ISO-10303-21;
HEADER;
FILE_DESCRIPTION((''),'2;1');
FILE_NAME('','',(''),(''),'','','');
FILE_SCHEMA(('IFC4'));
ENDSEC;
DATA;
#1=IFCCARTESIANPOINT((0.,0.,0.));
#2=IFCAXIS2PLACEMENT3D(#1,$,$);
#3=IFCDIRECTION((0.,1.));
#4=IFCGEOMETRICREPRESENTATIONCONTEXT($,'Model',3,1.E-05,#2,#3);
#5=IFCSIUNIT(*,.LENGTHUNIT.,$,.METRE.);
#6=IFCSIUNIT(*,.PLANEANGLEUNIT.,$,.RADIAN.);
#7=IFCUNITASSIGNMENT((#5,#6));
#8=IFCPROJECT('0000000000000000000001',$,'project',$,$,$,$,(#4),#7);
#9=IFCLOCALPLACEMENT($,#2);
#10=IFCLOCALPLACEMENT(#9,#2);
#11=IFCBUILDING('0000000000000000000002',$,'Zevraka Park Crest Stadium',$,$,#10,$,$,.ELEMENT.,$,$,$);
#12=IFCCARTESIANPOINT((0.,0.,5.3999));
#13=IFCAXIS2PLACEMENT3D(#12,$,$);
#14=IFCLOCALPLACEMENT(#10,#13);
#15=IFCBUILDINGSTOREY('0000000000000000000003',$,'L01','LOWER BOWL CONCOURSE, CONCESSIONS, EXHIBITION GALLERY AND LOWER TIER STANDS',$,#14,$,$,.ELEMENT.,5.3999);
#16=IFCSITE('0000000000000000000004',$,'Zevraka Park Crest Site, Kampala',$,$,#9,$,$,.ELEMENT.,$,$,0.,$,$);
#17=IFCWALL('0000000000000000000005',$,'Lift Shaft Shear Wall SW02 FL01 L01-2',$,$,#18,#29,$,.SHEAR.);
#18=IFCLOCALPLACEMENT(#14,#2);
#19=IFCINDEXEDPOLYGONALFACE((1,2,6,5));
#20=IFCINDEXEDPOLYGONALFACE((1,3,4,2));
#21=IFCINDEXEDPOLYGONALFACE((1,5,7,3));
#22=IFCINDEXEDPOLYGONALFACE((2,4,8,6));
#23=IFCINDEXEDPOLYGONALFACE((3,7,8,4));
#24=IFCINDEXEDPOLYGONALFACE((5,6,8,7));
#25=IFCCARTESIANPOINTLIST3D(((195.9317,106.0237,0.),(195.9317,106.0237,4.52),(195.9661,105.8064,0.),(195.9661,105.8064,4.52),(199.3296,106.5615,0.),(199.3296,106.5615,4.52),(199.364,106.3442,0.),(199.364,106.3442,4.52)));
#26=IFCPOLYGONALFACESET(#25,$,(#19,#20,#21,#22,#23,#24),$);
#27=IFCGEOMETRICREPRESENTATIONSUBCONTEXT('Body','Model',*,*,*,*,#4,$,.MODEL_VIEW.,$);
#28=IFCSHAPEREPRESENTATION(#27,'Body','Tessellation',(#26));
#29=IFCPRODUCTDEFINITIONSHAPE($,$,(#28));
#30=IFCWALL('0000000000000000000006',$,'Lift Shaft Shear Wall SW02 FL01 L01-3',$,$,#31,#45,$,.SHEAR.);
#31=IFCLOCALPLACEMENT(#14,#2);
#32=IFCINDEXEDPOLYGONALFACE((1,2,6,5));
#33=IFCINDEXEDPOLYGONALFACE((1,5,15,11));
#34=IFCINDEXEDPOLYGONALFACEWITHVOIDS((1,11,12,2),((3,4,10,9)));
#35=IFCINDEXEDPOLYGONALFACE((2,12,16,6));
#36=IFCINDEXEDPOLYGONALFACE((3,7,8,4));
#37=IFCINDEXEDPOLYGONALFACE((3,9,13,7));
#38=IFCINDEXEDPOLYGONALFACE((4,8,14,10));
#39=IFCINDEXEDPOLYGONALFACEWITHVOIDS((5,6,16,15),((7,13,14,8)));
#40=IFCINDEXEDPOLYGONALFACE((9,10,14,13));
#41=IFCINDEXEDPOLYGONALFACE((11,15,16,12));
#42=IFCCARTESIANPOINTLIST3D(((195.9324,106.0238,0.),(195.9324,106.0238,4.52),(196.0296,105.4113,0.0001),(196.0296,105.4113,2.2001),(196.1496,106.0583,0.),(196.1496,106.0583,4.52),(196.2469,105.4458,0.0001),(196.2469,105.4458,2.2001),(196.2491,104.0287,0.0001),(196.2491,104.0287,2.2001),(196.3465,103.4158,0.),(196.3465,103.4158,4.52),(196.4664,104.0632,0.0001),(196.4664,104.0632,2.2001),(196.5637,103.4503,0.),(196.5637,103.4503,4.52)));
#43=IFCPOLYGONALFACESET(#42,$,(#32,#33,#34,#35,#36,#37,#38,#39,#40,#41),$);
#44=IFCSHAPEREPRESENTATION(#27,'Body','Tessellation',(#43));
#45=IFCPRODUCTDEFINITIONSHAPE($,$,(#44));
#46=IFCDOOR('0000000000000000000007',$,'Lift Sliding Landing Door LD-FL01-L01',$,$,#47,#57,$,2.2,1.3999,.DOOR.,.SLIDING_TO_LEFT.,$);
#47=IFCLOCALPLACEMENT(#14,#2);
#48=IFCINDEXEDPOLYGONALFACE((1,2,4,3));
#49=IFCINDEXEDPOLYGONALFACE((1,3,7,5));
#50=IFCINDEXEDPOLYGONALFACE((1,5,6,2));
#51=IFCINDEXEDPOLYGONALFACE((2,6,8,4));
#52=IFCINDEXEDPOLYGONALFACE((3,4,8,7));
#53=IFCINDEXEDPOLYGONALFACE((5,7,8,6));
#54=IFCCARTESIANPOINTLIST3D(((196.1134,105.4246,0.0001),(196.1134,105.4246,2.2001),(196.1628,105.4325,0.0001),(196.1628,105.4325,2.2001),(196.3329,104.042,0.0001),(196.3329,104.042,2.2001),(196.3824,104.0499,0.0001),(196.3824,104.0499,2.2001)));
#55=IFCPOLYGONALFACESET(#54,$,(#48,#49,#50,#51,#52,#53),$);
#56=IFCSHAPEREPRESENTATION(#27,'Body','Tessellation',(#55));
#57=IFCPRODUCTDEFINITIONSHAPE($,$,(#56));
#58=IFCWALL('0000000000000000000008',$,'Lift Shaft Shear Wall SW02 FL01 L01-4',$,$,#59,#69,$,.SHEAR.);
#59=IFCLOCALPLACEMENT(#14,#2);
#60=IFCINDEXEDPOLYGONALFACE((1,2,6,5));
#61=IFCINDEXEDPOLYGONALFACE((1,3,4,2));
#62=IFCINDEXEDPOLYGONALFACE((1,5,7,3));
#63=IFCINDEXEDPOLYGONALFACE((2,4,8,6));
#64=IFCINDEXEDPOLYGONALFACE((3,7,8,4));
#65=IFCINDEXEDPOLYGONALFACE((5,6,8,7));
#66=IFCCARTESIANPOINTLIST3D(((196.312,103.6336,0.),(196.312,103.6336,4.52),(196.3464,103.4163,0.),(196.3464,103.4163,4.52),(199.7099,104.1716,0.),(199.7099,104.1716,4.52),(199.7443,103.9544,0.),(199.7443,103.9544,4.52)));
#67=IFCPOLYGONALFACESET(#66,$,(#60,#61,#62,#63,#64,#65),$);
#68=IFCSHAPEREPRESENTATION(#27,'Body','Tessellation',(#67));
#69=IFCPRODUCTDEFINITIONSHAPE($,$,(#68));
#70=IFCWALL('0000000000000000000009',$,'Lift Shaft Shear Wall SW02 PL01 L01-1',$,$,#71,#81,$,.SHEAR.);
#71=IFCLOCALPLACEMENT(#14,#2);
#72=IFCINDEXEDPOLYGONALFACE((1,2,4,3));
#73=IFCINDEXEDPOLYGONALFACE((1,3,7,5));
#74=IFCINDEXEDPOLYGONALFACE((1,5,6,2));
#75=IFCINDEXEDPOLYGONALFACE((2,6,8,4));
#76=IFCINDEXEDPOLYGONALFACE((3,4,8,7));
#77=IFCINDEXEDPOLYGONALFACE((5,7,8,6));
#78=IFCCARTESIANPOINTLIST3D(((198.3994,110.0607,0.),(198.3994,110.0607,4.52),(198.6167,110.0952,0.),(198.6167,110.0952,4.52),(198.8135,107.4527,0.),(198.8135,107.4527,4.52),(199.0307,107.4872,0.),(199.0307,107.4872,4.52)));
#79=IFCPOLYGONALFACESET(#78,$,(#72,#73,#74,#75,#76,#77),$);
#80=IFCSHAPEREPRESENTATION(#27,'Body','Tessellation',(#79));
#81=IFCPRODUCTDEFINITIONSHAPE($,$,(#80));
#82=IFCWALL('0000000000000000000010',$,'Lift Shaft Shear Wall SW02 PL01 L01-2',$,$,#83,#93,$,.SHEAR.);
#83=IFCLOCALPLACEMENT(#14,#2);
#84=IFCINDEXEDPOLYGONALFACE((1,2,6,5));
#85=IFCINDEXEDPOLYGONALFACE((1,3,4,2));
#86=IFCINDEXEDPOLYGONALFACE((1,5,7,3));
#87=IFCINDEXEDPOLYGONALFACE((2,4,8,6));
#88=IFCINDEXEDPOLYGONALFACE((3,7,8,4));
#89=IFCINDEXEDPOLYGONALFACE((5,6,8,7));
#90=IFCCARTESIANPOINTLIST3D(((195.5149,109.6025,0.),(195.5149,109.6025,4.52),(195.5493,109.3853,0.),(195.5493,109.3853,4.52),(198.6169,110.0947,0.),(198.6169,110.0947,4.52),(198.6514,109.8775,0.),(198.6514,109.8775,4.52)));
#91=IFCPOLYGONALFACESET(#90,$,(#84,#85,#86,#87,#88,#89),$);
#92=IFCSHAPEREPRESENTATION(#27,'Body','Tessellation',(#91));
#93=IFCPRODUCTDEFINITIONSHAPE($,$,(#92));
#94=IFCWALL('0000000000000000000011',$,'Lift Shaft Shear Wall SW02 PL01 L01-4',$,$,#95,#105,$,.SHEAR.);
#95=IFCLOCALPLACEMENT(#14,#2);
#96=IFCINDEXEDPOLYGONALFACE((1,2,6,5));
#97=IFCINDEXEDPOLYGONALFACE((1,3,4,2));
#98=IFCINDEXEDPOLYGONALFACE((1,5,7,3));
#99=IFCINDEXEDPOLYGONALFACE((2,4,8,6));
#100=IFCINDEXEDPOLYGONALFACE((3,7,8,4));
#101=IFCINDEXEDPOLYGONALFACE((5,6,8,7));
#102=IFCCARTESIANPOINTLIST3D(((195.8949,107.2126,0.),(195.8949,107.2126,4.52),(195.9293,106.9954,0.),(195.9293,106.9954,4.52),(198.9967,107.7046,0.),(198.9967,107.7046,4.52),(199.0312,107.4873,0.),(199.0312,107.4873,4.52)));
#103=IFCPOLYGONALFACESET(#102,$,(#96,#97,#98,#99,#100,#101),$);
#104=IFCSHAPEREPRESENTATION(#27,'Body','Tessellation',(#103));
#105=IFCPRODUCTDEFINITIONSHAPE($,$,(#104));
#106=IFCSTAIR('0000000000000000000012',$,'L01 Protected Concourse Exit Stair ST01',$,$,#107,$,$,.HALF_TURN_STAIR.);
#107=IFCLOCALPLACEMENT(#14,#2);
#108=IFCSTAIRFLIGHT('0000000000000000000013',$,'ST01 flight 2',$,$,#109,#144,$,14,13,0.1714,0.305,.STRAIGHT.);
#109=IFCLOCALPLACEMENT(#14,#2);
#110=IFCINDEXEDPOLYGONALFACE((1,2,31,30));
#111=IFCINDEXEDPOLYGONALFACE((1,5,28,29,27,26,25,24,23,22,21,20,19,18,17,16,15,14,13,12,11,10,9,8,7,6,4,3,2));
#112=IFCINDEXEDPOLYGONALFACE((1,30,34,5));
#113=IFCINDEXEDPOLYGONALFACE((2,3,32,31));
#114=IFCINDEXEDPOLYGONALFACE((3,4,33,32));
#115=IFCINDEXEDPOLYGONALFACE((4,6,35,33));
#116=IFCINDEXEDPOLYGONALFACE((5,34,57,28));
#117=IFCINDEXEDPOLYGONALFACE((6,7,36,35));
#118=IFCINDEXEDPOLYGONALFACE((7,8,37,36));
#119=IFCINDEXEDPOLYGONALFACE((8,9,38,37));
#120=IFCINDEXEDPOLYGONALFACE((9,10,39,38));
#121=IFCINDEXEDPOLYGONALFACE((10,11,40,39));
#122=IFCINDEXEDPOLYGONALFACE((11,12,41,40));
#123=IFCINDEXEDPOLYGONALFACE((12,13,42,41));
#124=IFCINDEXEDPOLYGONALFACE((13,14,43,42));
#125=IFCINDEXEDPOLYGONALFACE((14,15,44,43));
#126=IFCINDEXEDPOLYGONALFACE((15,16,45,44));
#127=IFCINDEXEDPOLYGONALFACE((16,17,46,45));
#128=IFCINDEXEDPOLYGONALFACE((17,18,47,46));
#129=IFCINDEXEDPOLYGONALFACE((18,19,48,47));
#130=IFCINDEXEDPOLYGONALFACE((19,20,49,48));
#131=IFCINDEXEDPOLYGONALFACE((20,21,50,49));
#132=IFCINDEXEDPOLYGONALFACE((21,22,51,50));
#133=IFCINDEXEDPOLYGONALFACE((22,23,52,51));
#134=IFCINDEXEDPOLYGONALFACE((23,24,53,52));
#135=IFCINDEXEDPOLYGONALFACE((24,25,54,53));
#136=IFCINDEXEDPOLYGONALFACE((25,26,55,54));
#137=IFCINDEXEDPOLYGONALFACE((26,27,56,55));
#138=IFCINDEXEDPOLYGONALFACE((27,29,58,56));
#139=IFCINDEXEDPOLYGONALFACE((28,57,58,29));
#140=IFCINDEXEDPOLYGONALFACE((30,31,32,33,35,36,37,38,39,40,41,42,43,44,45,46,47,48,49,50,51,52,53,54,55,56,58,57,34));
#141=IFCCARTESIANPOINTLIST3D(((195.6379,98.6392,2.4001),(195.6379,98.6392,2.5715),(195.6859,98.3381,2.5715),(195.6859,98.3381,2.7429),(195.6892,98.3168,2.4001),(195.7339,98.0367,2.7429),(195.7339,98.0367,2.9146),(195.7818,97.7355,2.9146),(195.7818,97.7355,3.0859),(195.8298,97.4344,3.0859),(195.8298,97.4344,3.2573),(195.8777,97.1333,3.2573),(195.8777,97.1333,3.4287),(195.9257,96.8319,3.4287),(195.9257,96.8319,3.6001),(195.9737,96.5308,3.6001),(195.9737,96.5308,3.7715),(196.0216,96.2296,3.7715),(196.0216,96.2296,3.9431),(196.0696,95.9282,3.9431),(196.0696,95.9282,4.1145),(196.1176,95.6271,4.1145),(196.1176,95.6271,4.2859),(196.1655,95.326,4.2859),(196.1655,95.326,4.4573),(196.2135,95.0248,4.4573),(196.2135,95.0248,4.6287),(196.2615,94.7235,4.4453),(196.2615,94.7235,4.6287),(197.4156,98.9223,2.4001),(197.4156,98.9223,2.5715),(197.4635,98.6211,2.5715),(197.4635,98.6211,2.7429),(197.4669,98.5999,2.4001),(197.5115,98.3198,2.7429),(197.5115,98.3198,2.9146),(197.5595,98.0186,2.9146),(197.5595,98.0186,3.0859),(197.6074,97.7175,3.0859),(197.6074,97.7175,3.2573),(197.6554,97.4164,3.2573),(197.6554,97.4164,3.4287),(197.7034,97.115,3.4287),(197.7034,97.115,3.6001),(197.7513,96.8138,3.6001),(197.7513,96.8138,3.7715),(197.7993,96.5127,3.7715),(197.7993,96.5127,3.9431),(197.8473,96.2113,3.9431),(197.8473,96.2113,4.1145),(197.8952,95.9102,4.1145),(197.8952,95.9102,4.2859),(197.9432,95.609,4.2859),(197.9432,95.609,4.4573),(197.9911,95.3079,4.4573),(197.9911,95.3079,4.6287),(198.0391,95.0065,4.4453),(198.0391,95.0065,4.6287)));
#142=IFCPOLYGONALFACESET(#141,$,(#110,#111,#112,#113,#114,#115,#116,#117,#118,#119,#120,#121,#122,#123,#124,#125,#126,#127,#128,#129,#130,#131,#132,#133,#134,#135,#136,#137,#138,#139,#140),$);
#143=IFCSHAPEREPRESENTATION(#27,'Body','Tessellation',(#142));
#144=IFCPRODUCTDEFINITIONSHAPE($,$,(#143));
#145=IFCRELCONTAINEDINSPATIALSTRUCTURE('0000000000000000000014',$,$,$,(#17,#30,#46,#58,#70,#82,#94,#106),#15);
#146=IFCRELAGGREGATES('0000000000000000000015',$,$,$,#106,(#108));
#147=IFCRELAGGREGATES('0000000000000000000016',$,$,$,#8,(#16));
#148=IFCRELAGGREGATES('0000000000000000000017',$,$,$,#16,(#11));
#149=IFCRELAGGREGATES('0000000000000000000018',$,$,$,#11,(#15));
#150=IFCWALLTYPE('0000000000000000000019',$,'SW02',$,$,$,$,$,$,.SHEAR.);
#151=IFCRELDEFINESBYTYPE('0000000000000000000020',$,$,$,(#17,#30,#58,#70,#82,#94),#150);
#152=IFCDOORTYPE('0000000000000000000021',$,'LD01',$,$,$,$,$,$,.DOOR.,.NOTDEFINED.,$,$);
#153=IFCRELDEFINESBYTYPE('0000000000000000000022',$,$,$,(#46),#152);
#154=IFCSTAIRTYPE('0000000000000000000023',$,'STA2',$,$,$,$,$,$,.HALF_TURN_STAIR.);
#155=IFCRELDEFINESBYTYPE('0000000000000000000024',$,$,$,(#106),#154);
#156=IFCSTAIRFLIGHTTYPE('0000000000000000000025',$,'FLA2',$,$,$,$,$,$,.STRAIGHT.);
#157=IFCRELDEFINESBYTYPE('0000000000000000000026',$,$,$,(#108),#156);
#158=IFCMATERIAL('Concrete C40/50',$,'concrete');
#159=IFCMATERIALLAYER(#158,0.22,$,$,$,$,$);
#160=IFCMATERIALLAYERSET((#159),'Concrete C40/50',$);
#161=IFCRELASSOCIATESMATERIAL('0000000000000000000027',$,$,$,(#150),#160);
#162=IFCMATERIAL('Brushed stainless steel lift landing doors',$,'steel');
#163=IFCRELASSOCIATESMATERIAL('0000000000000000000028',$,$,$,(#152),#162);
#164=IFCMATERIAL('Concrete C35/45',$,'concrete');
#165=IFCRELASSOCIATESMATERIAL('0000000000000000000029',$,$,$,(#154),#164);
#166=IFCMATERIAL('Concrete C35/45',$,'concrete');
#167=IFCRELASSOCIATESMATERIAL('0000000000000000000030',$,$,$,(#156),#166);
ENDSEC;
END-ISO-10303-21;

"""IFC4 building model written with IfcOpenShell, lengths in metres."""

from ifc_helpers import new_model, si_unit, direction, frame, frame_2d, origin, place, context, subcontext, project, spatial, polyline, rectangle, outline, extrude, material, layer, layer_set, type_object, element, fill, aggregate, save


model = new_model("IFC4")

# Units and contexts
model_context = context("Model", 3, precision=1e-05, world=origin(), true_north=direction((0.0, 1.0)))
body_context = subcontext(model_context, "Body", "Model", "MODEL_VIEW")
ifc_project = project(units=[si_unit("LENGTHUNIT", "METRE"), si_unit("PLANEANGLEUNIT", "RADIAN")], contexts=[model_context])

# Site, building, storey
site_placement = place(None, origin())
site = spatial("IfcSite", under=ifc_project, at=site_placement, Name="Zevraka Park Crest Site, Kampala", CompositionType="ELEMENT", RefElevation=0.0)
building_placement = place(site_placement, origin())
building = spatial("IfcBuilding", under=site, at=building_placement, Name="Zevraka Park Crest Stadium", CompositionType="ELEMENT")
storey_placement = place(building_placement, frame((0.0, 0.0, 5.3999)))
storey = spatial("IfcBuildingStorey", under=building, at=storey_placement, Name="L01", Description="LOWER BOWL CONCOURSE, CONCESSIONS, EXHIBITION GALLERY AND LOWER TIER STANDS", CompositionType="ELEMENT", Elevation=5.3999)

# Wall
ifc_material_1 = material(Name="Concrete C40/50", Category="concrete")
ifc_layer_1 = layer(ifc_material_1, 0.22)
ifc_layer_set_1 = layer_set([ifc_layer_1], Name="Concrete C40/50")
wall_type_1 = type_object("IfcWallType", Name="SW02", PredefinedType="SHEAR", material=ifc_layer_set_1)
wall_1_placement = place(storey_placement, frame((199.3469, 106.4529, 0.0), z_axis=(0.0, 0.0, 1.0), x_axis=(-0.987704, -0.156338, 0.0)))
element("IfcWall", 1, at=wall_1_placement, inside=storey, type_object=wall_type_1, Name="Lift Shaft Shear Wall SW02 FL01 L01-2", PredefinedType="SHEAR", context=body_context, shape_type="SweptSolid", body=[
    extrude(rectangle(XDim=3.4402, YDim=0.22, at=frame_2d((1.7202, 0.0))), origin(), (0.0, 0.0, 1.0), 4.52),
])

# Wall, opening, door
wall_2_placement = place(storey_placement, frame((196.041, 106.041, 0.0), z_axis=(0.0, 0.0, 1.0), x_axis=(0.156808, -0.987629, 0.0)))
wall_2 = element("IfcWall", 2, at=wall_2_placement, inside=storey, type_object=wall_type_1, Name="Lift Shaft Shear Wall SW02 FL01 L01-3", PredefinedType="SHEAR", context=body_context, shape_type="SweptSolid", body=[
    extrude(rectangle(XDim=2.6406, YDim=0.22, at=frame_2d((1.3203, 0.0))), origin(), (0.0, 0.0, 1.0), 4.52),
])
opening_placement = place(wall_2_placement, frame((0.6201, 0.0, 0.0)))
opening = element("IfcOpeningElement", 3, at=opening_placement, cuts=wall_2, PredefinedType="OPENING", context=body_context, shape_type="SweptSolid", body=[
    extrude(rectangle(XDim=1.3999, YDim=2.2, at=frame_2d((0.7, 1.1001))), frame((0.0, 0.1199, 0.0), z_axis=(0.0, -1.0, 0.0), x_axis=(1.0, 0.0, 0.0)), (0.0, 0.0, 1.0), 0.24),
])
ifc_material_2 = material(Name="Brushed stainless steel lift landing doors", Category="steel")
door_type = type_object("IfcDoorType", Name="LD01", OperationType="NOTDEFINED", PredefinedType="DOOR", material=ifc_material_2)
door_placement = place(opening_placement, origin())
door = element("IfcDoor", 4, at=door_placement, inside=storey, type_object=door_type, Name="Lift Sliding Landing Door LD-FL01-L01", OperationType="SLIDING_TO_LEFT", OverallHeight=2.2, OverallWidth=1.3999, PredefinedType="DOOR", context=body_context, shape_type="SweptSolid", body=[
    extrude(rectangle(XDim=1.3999, YDim=2.2, at=frame_2d((0.7, 1.1001))), frame((0.0, 0.0249, 0.0), z_axis=(0.0, -1.0, 0.0), x_axis=(1.0, 0.0, 0.0)), (0.0, 0.0, 1.0), 0.05),
])
fill(opening, door)

# Walls
wall_3_placement = place(storey_placement, frame((196.3291, 103.5249, 0.0), z_axis=(0.0, 0.0, 1.0), x_axis=(0.987693, 0.156407, 0.0)))
element("IfcWall", 5, at=wall_3_placement, inside=storey, type_object=wall_type_1, Name="Lift Shaft Shear Wall SW02 FL01 L01-4", PredefinedType="SHEAR", context=body_context, shape_type="SweptSolid", body=[
    extrude(rectangle(XDim=3.4402, YDim=0.22, at=frame_2d((1.7202, 0.0))), origin(), (0.0, 0.0, 1.0), 4.52),
])
wall_4_placement = place(storey_placement, frame((198.9221, 107.47, 0.0), z_axis=(0.0, 0.0, 1.0), x_axis=(-0.156808, 0.987629, 0.0)))
element("IfcWall", 6, at=wall_4_placement, inside=storey, type_object=wall_type_1, Name="Lift Shaft Shear Wall SW02 PL01 L01-1", PredefinedType="SHEAR", context=body_context, shape_type="SweptSolid", body=[
    extrude(rectangle(XDim=2.6406, YDim=0.22, at=frame_2d((1.3203, 0.0))), origin(), (0.0, 0.0, 1.0), 4.52),
])
wall_5_placement = place(storey_placement, frame((198.634, 109.9861, 0.0), z_axis=(0.0, 0.0, 1.0), x_axis=(-0.987645, -0.156705, 0.0)))
element("IfcWall", 7, at=wall_5_placement, inside=storey, type_object=wall_type_1, Name="Lift Shaft Shear Wall SW02 PL01 L01-2", PredefinedType="SHEAR", context=body_context, shape_type="SweptSolid", body=[
    extrude(rectangle(XDim=3.1409, YDim=0.22, at=frame_2d((1.5703, 0.0))), origin(), (0.0, 0.0, 1.0), 4.52),
])
wall_6_placement = place(storey_placement, frame((195.9121, 107.104, 0.0), z_axis=(0.0, 0.0, 1.0), x_axis=(0.987656, 0.156641, 0.0)))
element("IfcWall", 8, at=wall_6_placement, inside=storey, type_object=wall_type_1, Name="Lift Shaft Shear Wall SW02 PL01 L01-4", PredefinedType="SHEAR", context=body_context, shape_type="SweptSolid", body=[
    extrude(rectangle(XDim=3.1406, YDim=0.22, at=frame_2d((1.5703, 0.0))), origin(), (0.0, 0.0, 1.0), 4.52),
])

# Stair, stair flight
ifc_material_3 = material(Name="Concrete C35/45", Category="concrete")
stair_type = type_object("IfcStairType", Name="STA2", PredefinedType="HALF_TURN_STAIR", material=ifc_material_3)
stair_placement = place(storey_placement, origin())
stair = element("IfcStair", 9, at=stair_placement, inside=storey, type_object=stair_type, Name="L01 Protected Concourse Exit Stair ST01", PredefinedType="HALF_TURN_STAIR")
ifc_material_4 = material(Name="Concrete C35/45", Category="concrete")
stair_flight_type = type_object("IfcStairFlightType", Name="FLA2", PredefinedType="STRAIGHT", material=ifc_material_4)
stair_flight_placement = place(storey_placement, frame((196.5269, 98.7808, 2.4001), z_axis=(0.0, 0.0, 1.0), x_axis=(0.157262, -0.987557, 0.0)))
stair_flight = element("IfcStairFlight", 10, at=stair_flight_placement, type_object=stair_flight_type, Name="ST01 flight 2", NumberOfRisers=14, NumberOfTreads=13, PredefinedType="STRAIGHT", RiserHeight=0.1714, TreadLength=0.305, context=body_context, shape_type="SweptSolid", body=[
    extrude(outline(polyline([(0.0, 0.0), (0.0, 0.1714), (0.3049, 0.1714), (0.3049, 0.3428), (0.6101, 0.3428), (0.6101, 0.5144), (0.915, 0.5144), (0.915, 0.6858), (1.22, 0.6858), (1.22, 0.8572), (1.5249, 0.8572), (1.5249, 1.0286), (1.8301, 1.0286), (1.8301, 1.2), (2.135, 1.2), (2.135, 1.3713), (2.4399, 1.3713), (2.4399, 1.543), (2.7451, 1.543), (2.7451, 1.7144), (3.05, 1.7144), (3.05, 1.8857), (3.355, 1.8857), (3.355, 2.0571), (3.6599, 2.0571), (3.6599, 2.2285), (3.9651, 2.2285), (3.9651, 2.3999), (3.9651, 2.0452), (0.3264, 0.0), (0.0, 0.0)])), frame((0.0, 0.8999, 0.0), z_axis=(0.0, -1.0, 0.0), x_axis=(1.0, 0.0, 0.0)), (0.0, 0.0, 1.0), 1.8),
])
aggregate(stair, [stair_flight])

save(model, "model.ifc")
